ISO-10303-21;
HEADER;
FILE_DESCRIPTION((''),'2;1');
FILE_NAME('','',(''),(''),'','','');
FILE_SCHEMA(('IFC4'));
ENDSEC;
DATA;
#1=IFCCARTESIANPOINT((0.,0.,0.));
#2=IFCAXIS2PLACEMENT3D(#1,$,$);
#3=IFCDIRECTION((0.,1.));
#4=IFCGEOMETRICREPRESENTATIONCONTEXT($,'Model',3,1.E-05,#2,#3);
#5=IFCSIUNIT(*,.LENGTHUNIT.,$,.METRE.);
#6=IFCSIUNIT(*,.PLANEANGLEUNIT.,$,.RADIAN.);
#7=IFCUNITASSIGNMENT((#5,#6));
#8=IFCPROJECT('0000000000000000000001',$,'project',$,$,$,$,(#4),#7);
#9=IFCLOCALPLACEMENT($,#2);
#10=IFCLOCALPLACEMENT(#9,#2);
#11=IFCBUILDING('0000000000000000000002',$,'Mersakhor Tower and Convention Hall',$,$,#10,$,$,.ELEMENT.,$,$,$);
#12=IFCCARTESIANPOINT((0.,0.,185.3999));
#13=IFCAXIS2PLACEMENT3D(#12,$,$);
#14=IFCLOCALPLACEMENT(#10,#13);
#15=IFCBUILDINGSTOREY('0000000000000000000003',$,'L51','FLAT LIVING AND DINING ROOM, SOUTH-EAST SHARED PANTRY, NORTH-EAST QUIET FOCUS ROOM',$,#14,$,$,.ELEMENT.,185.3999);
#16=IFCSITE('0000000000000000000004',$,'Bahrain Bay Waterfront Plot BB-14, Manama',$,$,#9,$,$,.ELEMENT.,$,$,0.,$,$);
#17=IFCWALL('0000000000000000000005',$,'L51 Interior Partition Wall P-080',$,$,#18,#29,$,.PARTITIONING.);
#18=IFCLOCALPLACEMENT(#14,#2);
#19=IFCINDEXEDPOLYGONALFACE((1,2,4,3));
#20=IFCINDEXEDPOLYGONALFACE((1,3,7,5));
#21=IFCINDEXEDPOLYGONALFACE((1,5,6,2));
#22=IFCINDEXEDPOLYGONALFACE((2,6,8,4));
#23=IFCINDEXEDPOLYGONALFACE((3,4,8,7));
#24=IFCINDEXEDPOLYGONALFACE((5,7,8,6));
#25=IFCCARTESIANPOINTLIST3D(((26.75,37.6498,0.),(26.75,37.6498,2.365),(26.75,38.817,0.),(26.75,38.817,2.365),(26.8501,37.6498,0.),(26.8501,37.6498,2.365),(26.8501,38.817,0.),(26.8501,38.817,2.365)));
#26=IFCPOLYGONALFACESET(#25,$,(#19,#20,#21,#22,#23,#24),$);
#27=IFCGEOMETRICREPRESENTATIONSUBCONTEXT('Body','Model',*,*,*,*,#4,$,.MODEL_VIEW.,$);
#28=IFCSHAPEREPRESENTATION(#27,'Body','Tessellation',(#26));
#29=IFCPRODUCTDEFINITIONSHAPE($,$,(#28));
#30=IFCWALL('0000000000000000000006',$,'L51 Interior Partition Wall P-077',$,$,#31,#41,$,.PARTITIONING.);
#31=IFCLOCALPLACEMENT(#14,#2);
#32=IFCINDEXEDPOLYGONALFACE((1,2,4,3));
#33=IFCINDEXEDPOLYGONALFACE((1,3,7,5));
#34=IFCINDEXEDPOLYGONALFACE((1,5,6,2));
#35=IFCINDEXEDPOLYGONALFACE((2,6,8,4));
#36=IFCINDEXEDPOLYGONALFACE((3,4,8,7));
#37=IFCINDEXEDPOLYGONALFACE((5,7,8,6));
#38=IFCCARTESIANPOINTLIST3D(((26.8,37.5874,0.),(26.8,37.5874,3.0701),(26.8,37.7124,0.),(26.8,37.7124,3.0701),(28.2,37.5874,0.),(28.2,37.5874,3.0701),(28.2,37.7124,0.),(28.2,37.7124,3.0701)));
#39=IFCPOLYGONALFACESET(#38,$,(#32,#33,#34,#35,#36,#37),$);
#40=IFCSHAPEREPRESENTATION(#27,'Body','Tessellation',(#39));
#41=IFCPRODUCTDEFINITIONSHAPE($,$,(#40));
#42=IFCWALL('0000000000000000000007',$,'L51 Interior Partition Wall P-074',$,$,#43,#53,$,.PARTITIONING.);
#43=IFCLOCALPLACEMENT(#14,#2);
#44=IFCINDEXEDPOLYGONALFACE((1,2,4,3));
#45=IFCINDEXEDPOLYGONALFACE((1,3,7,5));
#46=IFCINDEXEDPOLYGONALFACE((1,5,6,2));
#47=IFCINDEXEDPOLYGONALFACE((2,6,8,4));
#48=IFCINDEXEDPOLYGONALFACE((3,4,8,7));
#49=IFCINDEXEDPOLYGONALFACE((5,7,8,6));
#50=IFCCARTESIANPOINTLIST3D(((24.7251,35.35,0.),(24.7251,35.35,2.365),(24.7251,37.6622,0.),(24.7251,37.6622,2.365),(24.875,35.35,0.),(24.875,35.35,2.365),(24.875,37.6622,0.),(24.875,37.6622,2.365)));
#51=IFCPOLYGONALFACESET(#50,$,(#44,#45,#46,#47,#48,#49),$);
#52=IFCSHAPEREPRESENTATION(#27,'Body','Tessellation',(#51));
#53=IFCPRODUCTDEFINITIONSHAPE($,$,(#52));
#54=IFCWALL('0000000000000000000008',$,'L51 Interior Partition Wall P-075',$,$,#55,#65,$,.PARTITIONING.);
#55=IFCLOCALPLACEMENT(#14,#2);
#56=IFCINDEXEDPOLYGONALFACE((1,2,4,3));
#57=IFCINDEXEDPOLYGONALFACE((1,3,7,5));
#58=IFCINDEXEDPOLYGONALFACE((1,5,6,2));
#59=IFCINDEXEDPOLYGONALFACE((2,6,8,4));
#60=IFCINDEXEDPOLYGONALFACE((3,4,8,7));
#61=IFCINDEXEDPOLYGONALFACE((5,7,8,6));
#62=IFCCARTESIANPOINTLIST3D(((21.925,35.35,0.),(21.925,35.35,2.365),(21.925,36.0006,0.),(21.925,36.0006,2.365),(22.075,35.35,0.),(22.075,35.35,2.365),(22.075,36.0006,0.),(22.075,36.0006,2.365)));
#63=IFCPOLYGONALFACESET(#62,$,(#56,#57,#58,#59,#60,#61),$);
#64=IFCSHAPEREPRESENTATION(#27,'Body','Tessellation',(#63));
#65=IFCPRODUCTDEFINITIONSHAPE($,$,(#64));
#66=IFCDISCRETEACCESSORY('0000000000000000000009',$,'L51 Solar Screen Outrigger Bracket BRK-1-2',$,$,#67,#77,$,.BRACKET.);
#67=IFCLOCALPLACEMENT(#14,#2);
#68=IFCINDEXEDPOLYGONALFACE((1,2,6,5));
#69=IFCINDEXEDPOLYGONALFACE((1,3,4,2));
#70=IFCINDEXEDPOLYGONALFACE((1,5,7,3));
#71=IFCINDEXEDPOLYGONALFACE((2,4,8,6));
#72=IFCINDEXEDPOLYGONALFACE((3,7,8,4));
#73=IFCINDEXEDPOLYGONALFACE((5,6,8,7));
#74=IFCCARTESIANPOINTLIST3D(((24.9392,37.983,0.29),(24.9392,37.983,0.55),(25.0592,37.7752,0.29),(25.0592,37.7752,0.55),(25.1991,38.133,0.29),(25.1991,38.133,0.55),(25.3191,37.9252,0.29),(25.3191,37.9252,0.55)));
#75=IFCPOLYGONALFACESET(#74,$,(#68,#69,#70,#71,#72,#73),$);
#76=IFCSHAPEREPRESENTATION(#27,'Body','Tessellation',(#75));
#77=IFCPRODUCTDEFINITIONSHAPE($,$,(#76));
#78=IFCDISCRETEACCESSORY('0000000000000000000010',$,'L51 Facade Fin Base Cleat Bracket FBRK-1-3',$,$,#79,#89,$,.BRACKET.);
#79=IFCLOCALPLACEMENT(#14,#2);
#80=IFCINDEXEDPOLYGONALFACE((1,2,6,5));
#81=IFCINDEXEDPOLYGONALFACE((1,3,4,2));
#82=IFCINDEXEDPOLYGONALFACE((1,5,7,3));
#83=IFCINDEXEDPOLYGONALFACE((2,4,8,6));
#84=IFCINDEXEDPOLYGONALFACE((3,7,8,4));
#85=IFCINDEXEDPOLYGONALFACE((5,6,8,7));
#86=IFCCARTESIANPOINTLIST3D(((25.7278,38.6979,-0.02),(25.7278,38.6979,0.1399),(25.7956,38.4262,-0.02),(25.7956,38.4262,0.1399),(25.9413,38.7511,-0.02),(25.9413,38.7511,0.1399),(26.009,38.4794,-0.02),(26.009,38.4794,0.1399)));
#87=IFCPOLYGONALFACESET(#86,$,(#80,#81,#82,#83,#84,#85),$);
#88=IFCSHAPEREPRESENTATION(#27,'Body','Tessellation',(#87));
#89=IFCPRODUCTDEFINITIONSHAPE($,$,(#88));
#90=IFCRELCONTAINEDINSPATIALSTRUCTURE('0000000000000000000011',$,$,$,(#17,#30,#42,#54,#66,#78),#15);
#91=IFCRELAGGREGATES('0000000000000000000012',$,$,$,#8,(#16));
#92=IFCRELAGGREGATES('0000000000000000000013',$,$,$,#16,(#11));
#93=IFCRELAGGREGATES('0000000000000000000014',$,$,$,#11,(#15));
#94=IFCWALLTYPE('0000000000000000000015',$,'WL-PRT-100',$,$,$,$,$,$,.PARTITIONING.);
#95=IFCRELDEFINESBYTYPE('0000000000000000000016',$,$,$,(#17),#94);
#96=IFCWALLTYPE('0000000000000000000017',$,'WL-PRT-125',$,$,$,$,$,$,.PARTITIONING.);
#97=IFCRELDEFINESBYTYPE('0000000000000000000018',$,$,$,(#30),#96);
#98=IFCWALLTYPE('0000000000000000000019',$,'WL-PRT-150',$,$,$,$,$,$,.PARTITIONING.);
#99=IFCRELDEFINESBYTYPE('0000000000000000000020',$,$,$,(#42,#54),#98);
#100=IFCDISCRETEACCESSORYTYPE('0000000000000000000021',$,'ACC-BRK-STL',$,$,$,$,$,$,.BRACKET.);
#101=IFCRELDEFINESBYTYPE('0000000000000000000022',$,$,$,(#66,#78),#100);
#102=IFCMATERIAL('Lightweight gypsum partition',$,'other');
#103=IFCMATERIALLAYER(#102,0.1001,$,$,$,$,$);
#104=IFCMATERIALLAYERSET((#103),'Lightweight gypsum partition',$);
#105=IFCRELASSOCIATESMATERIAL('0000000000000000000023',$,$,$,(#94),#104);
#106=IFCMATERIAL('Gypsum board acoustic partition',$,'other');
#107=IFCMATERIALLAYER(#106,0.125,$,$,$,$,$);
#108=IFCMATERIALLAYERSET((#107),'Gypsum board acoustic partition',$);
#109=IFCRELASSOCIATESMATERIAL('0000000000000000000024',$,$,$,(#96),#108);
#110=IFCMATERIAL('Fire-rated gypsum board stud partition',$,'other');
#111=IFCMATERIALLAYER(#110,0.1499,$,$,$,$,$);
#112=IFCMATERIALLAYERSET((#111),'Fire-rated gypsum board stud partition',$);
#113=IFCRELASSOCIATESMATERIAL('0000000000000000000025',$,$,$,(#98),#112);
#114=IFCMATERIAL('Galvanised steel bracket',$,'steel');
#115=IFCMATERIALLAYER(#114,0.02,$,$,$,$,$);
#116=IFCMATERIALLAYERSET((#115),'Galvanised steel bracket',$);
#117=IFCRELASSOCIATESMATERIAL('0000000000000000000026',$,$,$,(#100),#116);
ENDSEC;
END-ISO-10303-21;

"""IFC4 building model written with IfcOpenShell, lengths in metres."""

from ifc_helpers import new_model, si_unit, direction, frame, frame_2d, origin, origin_2d, place, context, subcontext, project, spatial, rectangle, extrude, material, layer, layer_set, type_object, element, save


model = new_model("IFC4")

# Units and contexts
model_context = context("Model", 3, precision=1e-05, world=origin(), true_north=direction((0.0, 1.0)))
body_context = subcontext(model_context, "Body", "Model", "MODEL_VIEW")
ifc_project = project(units=[si_unit("LENGTHUNIT", "METRE"), si_unit("PLANEANGLEUNIT", "RADIAN")], contexts=[model_context])

# Site, building, storey
site_placement = place(None, origin())
site = spatial("IfcSite", under=ifc_project, at=site_placement, Name="Bahrain Bay Waterfront Plot BB-14, Manama", CompositionType="ELEMENT", RefElevation=0.0)
building_placement = place(site_placement, origin())
building = spatial("IfcBuilding", under=site, at=building_placement, Name="Mersakhor Tower and Convention Hall", CompositionType="ELEMENT")
storey_placement = place(building_placement, frame((0.0, 0.0, 185.3999)))
storey = spatial("IfcBuildingStorey", under=building, at=storey_placement, Name="L51", Description="FLAT LIVING AND DINING ROOM, SOUTH-EAST SHARED PANTRY, NORTH-EAST QUIET FOCUS ROOM", CompositionType="ELEMENT", Elevation=185.3999)

# Walls
ifc_material_1 = material(Name="Lightweight gypsum partition", Category="other")
ifc_layer_1 = layer(ifc_material_1, 0.1001)
ifc_layer_set_1 = layer_set([ifc_layer_1], Name="Lightweight gypsum partition")
wall_type_1 = type_object("IfcWallType", Name="WL-PRT-100", PredefinedType="PARTITIONING", material=ifc_layer_set_1)
wall_1_placement = place(storey_placement, frame((26.8, 37.6499, 0.0), z_axis=(0.0, 0.0, 1.0), x_axis=(0.0, 1.0, 0.0)))
element("IfcWall", 1, at=wall_1_placement, inside=storey, type_object=wall_type_1, Name="L51 Interior Partition Wall P-080", PredefinedType="PARTITIONING", context=body_context, shape_type="SweptSolid", body=[
    extrude(rectangle(XDim=1.1672, YDim=0.1001, at=frame_2d((0.5835, 0.0))), origin(), (0.0, 0.0, 1.0), 2.365),
])
ifc_material_2 = material(Name="Gypsum board acoustic partition", Category="other")
ifc_layer_2 = layer(ifc_material_2, 0.125)
ifc_layer_set_2 = layer_set([ifc_layer_2], Name="Gypsum board acoustic partition")
wall_type_2 = type_object("IfcWallType", Name="WL-PRT-125", PredefinedType="PARTITIONING", material=ifc_layer_set_2)
wall_2_placement = place(storey_placement, frame((26.8, 37.6499, 0.0), z_axis=(0.0, 0.0, 1.0), x_axis=(1.0, 0.0, 0.0)))
element("IfcWall", 2, at=wall_2_placement, inside=storey, type_object=wall_type_2, Name="L51 Interior Partition Wall P-077", PredefinedType="PARTITIONING", context=body_context, shape_type="SweptSolid", body=[
    extrude(rectangle(XDim=1.3999, YDim=0.125, at=frame_2d((0.7, 0.0))), origin(), (0.0, 0.0, 1.0), 3.0701),
])

# Shared definitions
ifc_material_3 = material(Name="Fire-rated gypsum board stud partition", Category="other")
ifc_layer_3 = layer(ifc_material_3, 0.1499)
ifc_layer_set_3 = layer_set([ifc_layer_3], Name="Fire-rated gypsum board stud partition")
wall_type_3 = type_object("IfcWallType", Name="WL-PRT-150", PredefinedType="PARTITIONING", material=ifc_layer_set_3)

# Walls
wall_3_placement = place(storey_placement, frame((24.8, 37.6624, 0.0), z_axis=(0.0, 0.0, 1.0), x_axis=(0.0, -1.0, 0.0)))
element("IfcWall", 3, at=wall_3_placement, inside=storey, type_object=wall_type_3, Name="L51 Interior Partition Wall P-074", PredefinedType="PARTITIONING", context=body_context, shape_type="SweptSolid", body=[
    extrude(rectangle(XDim=2.3123, YDim=0.1499, at=frame_2d((1.1562, 0.0))), origin(), (0.0, 0.0, 1.0), 2.365),
])
wall_4_placement = place(storey_placement, frame((22.0, 35.3501, 0.0), z_axis=(0.0, 0.0, 1.0), x_axis=(0.0, 1.0, 0.0)))
element("IfcWall", 4, at=wall_4_placement, inside=storey, type_object=wall_type_3, Name="L51 Interior Partition Wall P-075", PredefinedType="PARTITIONING", context=body_context, shape_type="SweptSolid", body=[
    extrude(rectangle(XDim=0.6506, YDim=0.1499, at=frame_2d((0.3252, 0.0))), origin(), (0.0, 0.0, 1.0), 2.365),
])

# Discrete accessories
ifc_material_4 = material(Name="Galvanised steel bracket", Category="steel")
ifc_layer_4 = layer(ifc_material_4, 0.02)
ifc_layer_set_4 = layer_set([ifc_layer_4], Name="Galvanised steel bracket")
discrete_accessory_type = type_object("IfcDiscreteAccessoryType", Name="ACC-BRK-STL", PredefinedType="BRACKET", material=ifc_layer_set_4)
discrete_accessory_1_placement = place(storey_placement, frame((25.1292, 37.9541, 0.29), z_axis=(0.0, 0.0, 1.0), x_axis=(0.866025, 0.5, 0.0)))
element("IfcDiscreteAccessory", 5, at=discrete_accessory_1_placement, inside=storey, type_object=discrete_accessory_type, Name="L51 Solar Screen Outrigger Bracket BRK-1-2", PredefinedType="BRACKET", context=body_context, shape_type="SweptSolid", body=[
    extrude(rectangle(XDim=0.3, YDim=0.24, at=origin_2d()), origin(), (0.0, 0.0, 1.0), 0.26),
])
discrete_accessory_2_placement = place(storey_placement, frame((25.8684, 38.5886, -0.02), z_axis=(0.0, 0.0, 1.0), x_axis=(-0.241922, 0.970296, 0.0)))
element("IfcDiscreteAccessory", 6, at=discrete_accessory_2_placement, inside=storey, type_object=discrete_accessory_type, Name="L51 Facade Fin Base Cleat Bracket FBRK-1-3", PredefinedType="BRACKET", context=body_context, shape_type="SweptSolid", body=[
    extrude(rectangle(XDim=0.28, YDim=0.22, at=origin_2d()), origin(), (0.0, 0.0, 1.0), 0.1599),
])

save(model, "model.ifc")
